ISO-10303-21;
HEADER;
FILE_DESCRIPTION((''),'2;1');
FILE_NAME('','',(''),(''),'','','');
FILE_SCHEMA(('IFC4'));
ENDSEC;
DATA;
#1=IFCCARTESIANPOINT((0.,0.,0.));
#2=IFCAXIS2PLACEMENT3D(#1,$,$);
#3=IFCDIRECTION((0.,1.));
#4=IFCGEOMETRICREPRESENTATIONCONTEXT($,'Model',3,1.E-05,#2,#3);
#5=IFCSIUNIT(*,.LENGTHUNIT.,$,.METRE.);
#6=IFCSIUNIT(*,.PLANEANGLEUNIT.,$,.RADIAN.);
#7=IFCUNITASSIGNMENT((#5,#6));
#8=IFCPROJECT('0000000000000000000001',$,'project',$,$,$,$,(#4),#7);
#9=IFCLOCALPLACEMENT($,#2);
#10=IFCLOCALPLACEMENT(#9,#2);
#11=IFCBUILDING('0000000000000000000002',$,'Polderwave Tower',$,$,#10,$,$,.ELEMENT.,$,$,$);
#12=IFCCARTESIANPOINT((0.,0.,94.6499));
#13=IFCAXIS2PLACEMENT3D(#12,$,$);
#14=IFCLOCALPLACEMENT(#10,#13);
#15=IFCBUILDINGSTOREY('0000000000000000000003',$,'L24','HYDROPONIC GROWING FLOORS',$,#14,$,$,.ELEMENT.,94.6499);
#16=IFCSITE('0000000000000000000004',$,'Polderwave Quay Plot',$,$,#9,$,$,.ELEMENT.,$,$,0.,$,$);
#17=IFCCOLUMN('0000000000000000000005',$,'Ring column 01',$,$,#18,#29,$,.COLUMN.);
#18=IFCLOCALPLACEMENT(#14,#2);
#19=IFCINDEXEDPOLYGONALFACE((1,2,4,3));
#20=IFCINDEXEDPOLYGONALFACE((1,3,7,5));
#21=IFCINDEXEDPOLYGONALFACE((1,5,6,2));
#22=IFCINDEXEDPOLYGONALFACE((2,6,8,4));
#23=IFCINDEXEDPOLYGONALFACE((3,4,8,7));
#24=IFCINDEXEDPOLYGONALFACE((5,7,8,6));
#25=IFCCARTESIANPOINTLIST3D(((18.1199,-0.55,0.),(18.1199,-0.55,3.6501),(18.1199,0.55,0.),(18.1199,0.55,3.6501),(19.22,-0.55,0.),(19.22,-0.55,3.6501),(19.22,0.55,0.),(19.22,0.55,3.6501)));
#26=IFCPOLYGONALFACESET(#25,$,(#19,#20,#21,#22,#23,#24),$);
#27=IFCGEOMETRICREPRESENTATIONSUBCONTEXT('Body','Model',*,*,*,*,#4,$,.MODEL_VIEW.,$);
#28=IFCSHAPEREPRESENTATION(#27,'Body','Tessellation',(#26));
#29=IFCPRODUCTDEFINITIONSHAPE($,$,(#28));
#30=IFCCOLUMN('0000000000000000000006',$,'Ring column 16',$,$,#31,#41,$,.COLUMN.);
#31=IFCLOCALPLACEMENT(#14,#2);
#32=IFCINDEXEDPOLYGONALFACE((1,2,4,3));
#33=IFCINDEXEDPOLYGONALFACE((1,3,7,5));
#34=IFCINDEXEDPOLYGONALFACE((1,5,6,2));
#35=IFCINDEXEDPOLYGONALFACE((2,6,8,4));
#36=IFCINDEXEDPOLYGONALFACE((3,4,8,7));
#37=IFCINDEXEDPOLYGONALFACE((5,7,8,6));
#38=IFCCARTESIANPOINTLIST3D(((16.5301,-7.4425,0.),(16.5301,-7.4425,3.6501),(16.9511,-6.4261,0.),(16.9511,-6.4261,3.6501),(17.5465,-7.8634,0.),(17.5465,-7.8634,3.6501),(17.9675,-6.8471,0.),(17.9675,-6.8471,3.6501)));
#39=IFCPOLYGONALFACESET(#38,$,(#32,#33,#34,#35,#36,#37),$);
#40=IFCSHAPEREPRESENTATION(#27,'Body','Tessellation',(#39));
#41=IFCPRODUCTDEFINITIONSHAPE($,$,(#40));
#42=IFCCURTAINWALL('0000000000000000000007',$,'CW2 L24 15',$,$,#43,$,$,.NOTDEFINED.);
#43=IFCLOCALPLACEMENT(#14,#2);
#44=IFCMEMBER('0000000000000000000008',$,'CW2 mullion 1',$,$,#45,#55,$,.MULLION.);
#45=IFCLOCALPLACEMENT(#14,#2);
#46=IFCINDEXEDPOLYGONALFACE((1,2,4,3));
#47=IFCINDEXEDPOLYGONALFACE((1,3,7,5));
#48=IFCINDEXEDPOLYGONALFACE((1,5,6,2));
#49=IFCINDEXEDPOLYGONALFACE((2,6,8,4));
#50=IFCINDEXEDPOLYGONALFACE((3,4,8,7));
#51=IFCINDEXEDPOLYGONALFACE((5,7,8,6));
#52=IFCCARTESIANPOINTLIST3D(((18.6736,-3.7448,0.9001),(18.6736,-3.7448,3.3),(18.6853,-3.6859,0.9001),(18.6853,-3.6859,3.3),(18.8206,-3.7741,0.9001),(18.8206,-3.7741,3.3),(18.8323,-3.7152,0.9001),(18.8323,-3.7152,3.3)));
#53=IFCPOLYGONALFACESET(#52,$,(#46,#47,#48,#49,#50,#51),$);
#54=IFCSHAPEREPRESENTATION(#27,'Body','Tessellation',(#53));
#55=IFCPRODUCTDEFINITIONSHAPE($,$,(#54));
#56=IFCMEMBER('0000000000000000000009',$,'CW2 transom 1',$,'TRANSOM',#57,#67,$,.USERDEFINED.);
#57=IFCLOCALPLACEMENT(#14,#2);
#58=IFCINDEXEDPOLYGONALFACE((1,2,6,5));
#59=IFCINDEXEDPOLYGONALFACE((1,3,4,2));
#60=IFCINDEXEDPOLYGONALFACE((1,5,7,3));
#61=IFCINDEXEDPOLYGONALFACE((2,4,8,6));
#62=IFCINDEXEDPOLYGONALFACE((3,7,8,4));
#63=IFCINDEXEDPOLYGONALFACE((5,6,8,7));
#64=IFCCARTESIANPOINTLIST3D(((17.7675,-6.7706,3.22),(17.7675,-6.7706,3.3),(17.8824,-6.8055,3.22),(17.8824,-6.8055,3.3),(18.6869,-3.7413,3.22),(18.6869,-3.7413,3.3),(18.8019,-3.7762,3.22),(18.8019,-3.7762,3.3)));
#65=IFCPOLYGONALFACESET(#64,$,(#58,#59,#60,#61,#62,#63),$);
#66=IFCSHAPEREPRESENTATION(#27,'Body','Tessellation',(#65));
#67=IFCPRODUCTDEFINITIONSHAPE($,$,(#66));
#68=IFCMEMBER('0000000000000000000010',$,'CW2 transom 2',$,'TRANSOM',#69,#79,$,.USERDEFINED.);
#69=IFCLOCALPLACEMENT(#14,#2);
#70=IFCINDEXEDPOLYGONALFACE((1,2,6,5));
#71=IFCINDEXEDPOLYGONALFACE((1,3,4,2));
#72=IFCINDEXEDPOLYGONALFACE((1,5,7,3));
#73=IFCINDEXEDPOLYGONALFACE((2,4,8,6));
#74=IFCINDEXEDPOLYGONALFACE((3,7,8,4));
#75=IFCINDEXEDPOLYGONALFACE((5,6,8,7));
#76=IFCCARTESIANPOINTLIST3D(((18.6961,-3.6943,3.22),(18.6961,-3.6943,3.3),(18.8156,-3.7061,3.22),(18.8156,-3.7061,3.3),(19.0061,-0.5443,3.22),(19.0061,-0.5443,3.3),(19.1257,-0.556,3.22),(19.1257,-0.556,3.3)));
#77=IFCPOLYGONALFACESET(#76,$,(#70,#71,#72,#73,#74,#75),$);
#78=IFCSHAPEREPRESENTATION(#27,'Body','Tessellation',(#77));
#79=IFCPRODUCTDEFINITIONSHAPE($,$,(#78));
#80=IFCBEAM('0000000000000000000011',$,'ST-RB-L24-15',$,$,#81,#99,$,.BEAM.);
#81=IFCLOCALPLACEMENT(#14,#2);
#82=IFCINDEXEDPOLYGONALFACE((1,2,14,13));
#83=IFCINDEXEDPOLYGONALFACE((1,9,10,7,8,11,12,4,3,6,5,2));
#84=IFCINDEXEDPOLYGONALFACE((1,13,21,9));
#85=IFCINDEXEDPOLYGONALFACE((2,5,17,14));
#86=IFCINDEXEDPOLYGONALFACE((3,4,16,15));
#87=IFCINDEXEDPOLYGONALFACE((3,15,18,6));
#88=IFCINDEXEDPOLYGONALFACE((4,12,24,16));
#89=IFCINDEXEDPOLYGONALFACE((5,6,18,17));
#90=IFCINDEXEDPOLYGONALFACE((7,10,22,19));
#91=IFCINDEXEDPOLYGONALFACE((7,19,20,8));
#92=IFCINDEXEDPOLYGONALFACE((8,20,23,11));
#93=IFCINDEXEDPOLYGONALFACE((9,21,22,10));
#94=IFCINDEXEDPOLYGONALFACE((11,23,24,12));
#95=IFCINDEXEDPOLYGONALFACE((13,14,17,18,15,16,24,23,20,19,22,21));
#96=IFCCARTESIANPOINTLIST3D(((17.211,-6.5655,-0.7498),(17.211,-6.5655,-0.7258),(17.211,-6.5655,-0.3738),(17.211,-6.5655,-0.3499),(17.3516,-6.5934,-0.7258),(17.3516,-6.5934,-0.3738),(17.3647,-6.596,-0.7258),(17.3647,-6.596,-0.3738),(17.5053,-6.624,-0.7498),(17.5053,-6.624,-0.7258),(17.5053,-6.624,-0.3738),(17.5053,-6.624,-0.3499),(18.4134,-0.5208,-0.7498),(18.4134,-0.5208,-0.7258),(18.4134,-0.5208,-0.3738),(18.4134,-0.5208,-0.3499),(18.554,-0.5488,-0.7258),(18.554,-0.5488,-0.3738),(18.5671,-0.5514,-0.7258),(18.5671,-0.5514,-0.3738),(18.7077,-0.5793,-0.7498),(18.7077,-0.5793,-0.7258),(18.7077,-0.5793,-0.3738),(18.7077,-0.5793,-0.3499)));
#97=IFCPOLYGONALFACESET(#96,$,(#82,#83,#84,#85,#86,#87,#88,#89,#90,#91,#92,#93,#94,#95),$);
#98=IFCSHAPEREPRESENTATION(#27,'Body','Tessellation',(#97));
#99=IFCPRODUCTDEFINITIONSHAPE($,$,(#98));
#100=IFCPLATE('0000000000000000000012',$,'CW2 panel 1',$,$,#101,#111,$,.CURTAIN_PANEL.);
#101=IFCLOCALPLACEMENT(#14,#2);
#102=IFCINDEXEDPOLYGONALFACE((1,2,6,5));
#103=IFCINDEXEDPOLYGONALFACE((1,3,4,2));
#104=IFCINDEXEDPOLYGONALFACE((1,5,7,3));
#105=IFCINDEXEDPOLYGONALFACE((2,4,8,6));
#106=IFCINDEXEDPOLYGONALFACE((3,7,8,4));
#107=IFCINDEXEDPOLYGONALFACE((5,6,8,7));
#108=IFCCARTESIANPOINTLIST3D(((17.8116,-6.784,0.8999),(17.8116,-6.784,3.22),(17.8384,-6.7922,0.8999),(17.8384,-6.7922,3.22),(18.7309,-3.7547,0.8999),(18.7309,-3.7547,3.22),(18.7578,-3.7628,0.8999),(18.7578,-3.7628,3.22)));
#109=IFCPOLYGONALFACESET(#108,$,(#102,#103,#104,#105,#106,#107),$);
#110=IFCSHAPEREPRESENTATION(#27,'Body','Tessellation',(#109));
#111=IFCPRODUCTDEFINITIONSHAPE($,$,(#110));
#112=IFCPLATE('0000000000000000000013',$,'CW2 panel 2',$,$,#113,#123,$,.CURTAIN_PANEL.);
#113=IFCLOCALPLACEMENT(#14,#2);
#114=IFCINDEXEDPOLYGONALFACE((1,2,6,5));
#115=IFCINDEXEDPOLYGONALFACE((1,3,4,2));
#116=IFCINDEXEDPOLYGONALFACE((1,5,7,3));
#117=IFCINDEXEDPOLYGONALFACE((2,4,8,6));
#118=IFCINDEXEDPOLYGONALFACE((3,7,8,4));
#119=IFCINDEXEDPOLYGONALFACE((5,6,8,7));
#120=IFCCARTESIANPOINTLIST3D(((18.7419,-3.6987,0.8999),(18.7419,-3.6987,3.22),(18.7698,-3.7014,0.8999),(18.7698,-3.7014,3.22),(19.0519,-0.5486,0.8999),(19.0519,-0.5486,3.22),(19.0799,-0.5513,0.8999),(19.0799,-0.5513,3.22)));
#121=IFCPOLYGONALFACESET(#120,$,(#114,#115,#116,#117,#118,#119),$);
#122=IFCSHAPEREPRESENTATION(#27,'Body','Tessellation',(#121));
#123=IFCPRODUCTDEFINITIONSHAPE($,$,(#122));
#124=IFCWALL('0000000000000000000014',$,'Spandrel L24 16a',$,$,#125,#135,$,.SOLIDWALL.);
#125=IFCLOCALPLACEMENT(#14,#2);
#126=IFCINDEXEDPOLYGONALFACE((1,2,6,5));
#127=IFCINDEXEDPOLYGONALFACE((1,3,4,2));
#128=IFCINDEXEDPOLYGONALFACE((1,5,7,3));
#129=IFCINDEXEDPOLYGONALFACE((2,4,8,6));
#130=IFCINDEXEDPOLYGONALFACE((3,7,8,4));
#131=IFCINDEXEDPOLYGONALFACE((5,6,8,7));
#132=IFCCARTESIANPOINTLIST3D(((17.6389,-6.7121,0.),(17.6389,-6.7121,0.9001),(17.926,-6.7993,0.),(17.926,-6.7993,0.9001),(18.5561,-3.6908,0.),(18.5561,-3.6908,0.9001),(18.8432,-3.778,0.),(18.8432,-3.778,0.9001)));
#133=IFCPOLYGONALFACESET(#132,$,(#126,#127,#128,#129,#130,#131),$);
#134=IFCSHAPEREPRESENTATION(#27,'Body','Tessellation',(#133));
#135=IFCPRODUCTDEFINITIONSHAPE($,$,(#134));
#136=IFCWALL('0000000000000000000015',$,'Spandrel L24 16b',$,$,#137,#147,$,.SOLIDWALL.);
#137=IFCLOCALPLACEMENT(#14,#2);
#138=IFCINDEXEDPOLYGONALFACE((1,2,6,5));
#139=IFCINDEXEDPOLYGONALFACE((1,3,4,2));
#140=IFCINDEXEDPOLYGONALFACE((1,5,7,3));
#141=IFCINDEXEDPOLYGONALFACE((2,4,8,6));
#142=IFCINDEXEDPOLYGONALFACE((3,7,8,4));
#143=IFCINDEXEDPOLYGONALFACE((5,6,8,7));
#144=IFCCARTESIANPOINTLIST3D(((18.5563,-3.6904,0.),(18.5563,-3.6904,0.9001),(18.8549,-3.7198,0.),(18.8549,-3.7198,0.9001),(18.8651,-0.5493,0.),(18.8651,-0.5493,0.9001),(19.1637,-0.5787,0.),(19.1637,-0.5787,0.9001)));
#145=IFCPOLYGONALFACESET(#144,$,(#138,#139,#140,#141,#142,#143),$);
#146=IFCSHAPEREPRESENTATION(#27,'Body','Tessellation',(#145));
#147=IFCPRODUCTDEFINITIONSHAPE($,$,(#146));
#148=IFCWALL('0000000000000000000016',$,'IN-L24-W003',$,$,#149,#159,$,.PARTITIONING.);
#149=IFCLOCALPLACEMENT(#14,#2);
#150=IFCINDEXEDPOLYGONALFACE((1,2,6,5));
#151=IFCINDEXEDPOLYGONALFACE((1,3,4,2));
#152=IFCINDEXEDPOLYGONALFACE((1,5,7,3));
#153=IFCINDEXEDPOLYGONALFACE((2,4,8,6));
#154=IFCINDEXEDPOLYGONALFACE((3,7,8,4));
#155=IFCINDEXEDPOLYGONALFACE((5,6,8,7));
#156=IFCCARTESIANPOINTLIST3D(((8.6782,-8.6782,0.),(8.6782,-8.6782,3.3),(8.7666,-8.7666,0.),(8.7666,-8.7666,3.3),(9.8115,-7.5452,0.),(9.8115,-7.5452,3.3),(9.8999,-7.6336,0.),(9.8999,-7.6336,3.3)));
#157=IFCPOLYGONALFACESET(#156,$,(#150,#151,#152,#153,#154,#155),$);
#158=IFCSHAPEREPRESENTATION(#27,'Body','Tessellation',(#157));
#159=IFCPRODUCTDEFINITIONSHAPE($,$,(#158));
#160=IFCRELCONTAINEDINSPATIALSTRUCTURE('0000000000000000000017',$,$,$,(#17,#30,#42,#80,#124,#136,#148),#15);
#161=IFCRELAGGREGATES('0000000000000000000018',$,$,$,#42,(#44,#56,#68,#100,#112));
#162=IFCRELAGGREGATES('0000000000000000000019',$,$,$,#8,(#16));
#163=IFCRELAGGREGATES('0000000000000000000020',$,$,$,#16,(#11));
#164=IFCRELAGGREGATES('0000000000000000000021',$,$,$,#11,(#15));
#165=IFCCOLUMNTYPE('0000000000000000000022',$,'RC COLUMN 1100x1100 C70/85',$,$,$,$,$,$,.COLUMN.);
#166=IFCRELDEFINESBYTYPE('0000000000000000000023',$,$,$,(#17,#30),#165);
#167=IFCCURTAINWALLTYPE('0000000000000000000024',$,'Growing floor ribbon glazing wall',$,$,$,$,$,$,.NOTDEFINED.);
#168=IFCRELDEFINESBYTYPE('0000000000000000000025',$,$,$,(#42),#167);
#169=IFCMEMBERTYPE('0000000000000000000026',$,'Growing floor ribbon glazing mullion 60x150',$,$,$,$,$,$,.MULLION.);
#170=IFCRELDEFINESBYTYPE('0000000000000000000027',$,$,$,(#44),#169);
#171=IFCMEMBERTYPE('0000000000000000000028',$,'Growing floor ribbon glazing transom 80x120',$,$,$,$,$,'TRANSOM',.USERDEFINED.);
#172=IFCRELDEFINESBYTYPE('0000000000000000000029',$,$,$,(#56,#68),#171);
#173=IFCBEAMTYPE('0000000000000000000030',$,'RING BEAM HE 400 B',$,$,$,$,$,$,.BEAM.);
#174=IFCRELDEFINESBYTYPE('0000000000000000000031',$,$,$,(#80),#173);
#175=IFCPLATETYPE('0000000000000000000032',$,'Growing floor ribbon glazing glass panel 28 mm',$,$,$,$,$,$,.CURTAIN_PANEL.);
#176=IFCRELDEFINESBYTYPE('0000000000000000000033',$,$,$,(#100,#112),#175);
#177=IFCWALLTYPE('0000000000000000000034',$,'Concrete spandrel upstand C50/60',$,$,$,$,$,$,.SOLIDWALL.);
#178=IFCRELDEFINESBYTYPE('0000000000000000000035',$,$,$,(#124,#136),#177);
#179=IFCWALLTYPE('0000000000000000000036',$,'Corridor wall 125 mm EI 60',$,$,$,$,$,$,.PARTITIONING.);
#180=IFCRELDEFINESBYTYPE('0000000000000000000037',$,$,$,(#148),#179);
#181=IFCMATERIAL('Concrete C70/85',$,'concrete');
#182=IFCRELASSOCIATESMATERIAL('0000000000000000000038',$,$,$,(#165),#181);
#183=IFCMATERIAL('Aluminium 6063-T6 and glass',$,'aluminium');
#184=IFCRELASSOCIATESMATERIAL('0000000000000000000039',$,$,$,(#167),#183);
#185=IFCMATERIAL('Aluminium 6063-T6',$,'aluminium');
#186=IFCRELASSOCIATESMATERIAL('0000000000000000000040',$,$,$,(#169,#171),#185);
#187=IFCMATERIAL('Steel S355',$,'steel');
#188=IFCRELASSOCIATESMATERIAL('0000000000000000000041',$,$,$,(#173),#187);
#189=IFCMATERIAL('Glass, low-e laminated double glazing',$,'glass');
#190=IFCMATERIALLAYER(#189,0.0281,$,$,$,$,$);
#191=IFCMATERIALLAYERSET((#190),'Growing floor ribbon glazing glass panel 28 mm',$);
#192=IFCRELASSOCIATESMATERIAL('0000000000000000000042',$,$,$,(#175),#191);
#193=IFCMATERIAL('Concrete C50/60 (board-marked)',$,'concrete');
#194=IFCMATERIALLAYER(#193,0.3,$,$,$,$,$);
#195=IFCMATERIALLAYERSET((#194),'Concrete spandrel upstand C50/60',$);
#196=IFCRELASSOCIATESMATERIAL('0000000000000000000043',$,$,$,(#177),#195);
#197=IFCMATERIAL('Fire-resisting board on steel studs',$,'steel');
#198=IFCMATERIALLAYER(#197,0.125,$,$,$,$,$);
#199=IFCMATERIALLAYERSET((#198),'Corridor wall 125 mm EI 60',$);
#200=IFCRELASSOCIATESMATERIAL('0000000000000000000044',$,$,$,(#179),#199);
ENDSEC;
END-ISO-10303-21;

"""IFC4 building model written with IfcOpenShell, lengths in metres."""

from ifc_helpers import new_model, si_unit, direction, frame, frame_2d, origin, origin_2d, place, context, subcontext, project, spatial, rectangle, i_section, extrude, material, layer, layer_set, material_profile, profile_set, type_object, element, aggregate, save


model = new_model("IFC4")

# Units and contexts
model_context = context("Model", 3, precision=1e-05, world=origin(), true_north=direction((0.0, 1.0)))
body_context = subcontext(model_context, "Body", "Model", "MODEL_VIEW")
ifc_project = project(units=[si_unit("LENGTHUNIT", "METRE"), si_unit("PLANEANGLEUNIT", "RADIAN")], contexts=[model_context])

# Site, building, storey
site_placement = place(None, origin())
site = spatial("IfcSite", under=ifc_project, at=site_placement, Name="Polderwave Quay Plot", CompositionType="ELEMENT", RefElevation=0.0)
building_placement = place(site_placement, origin())
building = spatial("IfcBuilding", under=site, at=building_placement, Name="Polderwave Tower", CompositionType="ELEMENT")
storey_placement = place(building_placement, frame((0.0, 0.0, 94.6499)))
storey = spatial("IfcBuildingStorey", under=building, at=storey_placement, Name="L24", Description="HYDROPONIC GROWING FLOORS", CompositionType="ELEMENT", Elevation=94.6499)

# Columns
ifc_material_1 = material(Name="Concrete C70/85", Category="concrete")
ifc_material_profile_1 = material_profile(ifc_material_1, rectangle(XDim=1.1001, YDim=1.1001, at=origin_2d()), Name="RC 1100x1100")
ifc_profile_set_1 = profile_set([ifc_material_profile_1], Name="Concrete C70/85")
column_type = type_object("IfcColumnType", Name="RC COLUMN 1100x1100 C70/85", PredefinedType="COLUMN", material=ifc_profile_set_1)
for number, where, z_axis, x_axis, name in (
    (1, (18.6699, 0.0, 0.0), (0.0, 0.0, 1.0), (1.0, 0.0, 0.0), "Ring column 01"),
    (2, (17.2488, -7.1448, 0.0), (0.0, 0.0, 1.0), (0.92388, -0.382683, 0.0), "Ring column 16"),
):
    element("IfcColumn", number, at=place(storey_placement, frame(where, z_axis=z_axis, x_axis=x_axis)), inside=storey, type_object=column_type, Name=name, PredefinedType="COLUMN", context=body_context, shape_type="SweptSolid", body=[
        extrude(rectangle(XDim=1.1001, YDim=1.1001, at=origin_2d()), origin(), (0.0, 0.0, 1.0), 3.6501),
    ])

# Curtain wall, members
ifc_material_2 = material(Name="Aluminium 6063-T6 and glass", Category="aluminium")
curtain_wall_type = type_object("IfcCurtainWallType", Name="Growing floor ribbon glazing wall", PredefinedType="NOTDEFINED", material=ifc_material_2)
curtain_wall_placement = place(storey_placement, origin())
curtain_wall = element("IfcCurtainWall", 3, at=curtain_wall_placement, inside=storey, type_object=curtain_wall_type, Name="CW2 L24 15", PredefinedType="NOTDEFINED")
ifc_material_3 = material(Name="Aluminium 6063-T6", Category="aluminium")
ifc_material_profile_2 = material_profile(ifc_material_3, rectangle(XDim=0.1499, YDim=0.0601, at=origin_2d()), Name="AL 60x150")
ifc_profile_set_2 = profile_set([ifc_material_profile_2], Name="Aluminium 6063-T6")
member_type_1 = type_object("IfcMemberType", Name="Growing floor ribbon glazing mullion 60x150", PredefinedType="MULLION", material=ifc_profile_set_2)
member_1_placement = place(storey_placement, frame((18.7529, -3.73, 0.9001), z_axis=(0.0, 0.0, 1.0), x_axis=(-0.980781, 0.195113, 0.0)))
member_1 = element("IfcMember", 4, at=member_1_placement, type_object=member_type_1, Name="CW2 mullion 1", PredefinedType="MULLION", context=body_context, shape_type="SweptSolid", body=[
    extrude(rectangle(XDim=0.1499, YDim=0.0601, at=origin_2d()), origin(), (0.0, 0.0, 1.0), 2.3999),
])
ifc_material_profile_3 = material_profile(ifc_material_3, rectangle(XDim=0.1201, YDim=0.0801, at=origin_2d()), Name="AL 80x120")
ifc_profile_set_3 = profile_set([ifc_material_profile_3], Name="Aluminium 6063-T6")
member_type_2 = type_object("IfcMemberType", Name="Growing floor ribbon glazing transom 80x120", ElementType="TRANSOM", PredefinedType="USERDEFINED", material=ifc_profile_set_3)
member_2_placement = place(storey_placement, frame((17.825, -6.7881, 3.26), z_axis=(0.290431, 0.956896, 0.0), x_axis=(-0.956896, 0.290431, 0.0)))
member_2 = element("IfcMember", 5, at=member_2_placement, type_object=member_type_2, Name="CW2 transom 1", ObjectType="TRANSOM", PredefinedType="USERDEFINED", context=body_context, shape_type="SweptSolid", body=[
    extrude(rectangle(XDim=0.1201, YDim=0.0801, at=origin_2d()), origin(), (0.0, 0.0, 1.0), 3.1658),
])
member_3_placement = place(storey_placement, frame((18.7559, -3.7002, 3.26), z_axis=(0.097953, 0.995191, 0.0), x_axis=(-0.995191, 0.097953, 0.0)))
member_3 = element("IfcMember", 6, at=member_3_placement, type_object=member_type_2, Name="CW2 transom 2", ObjectType="TRANSOM", PredefinedType="USERDEFINED", context=body_context, shape_type="SweptSolid", body=[
    extrude(rectangle(XDim=0.1201, YDim=0.0801, at=origin_2d()), origin(), (0.0, 0.0, 1.0), 3.1653),
])

# Beam
ifc_material_4 = material(Name="Steel S355", Category="steel")
ifc_material_profile_4 = material_profile(ifc_material_4, i_section(OverallWidth=0.3, OverallDepth=0.3999, WebThickness=0.0134, FlangeThickness=0.0239, at=origin_2d()), Name="HE 400 B")
ifc_profile_set_4 = profile_set([ifc_material_profile_4], Name="Steel S355")
beam_type = type_object("IfcBeamType", Name="RING BEAM HE 400 B", PredefinedType="BEAM", material=ifc_profile_set_4)
beam_placement = place(storey_placement, frame((17.3582, -6.5947, -0.5498), z_axis=(0.195095, 0.980784, 0.0), x_axis=(-0.980784, 0.195095, 0.0)))
element("IfcBeam", 7, at=beam_placement, inside=storey, type_object=beam_type, Name="ST-RB-L24-15", PredefinedType="BEAM", context=body_context, shape_type="SweptSolid", body=[
    extrude(i_section(OverallWidth=0.3, OverallDepth=0.3999, WebThickness=0.0134, FlangeThickness=0.0239, at=origin_2d()), origin(), (0.0, 0.0, 1.0), 6.1631),
])

# Plates
ifc_material_5 = material(Name="Glass, low-e laminated double glazing", Category="glass")
ifc_layer_1 = layer(ifc_material_5, 0.0281)
ifc_layer_set_1 = layer_set([ifc_layer_1], Name="Growing floor ribbon glazing glass panel 28 mm")
plate_type = type_object("IfcPlateType", Name="Growing floor ribbon glazing glass panel 28 mm", PredefinedType="CURTAIN_PANEL", material=ifc_layer_set_1)
plate_1_placement = place(storey_placement, frame((18.2847, -5.2734, 0.8999), z_axis=(0.0, 0.0, 1.0), x_axis=(0.29039, 0.956908, 0.0)))
plate_1 = element("IfcPlate", 8, at=plate_1_placement, type_object=plate_type, Name="CW2 panel 1", PredefinedType="CURTAIN_PANEL", context=body_context, shape_type="SweptSolid", body=[
    extrude(rectangle(XDim=3.1658, YDim=0.0281, at=origin_2d()), origin(), (0.0, 0.0, 1.0), 2.3201),
])
plate_2_placement = place(storey_placement, frame((18.9109, -2.125, 0.8999), z_axis=(0.0, 0.0, 1.0), x_axis=(0.097955, 0.995191, 0.0)))
plate_2 = element("IfcPlate", 9, at=plate_2_placement, type_object=plate_type, Name="CW2 panel 2", PredefinedType="CURTAIN_PANEL", context=body_context, shape_type="SweptSolid", body=[
    extrude(rectangle(XDim=3.1653, YDim=0.0281, at=origin_2d()), origin(), (0.0, 0.0, 1.0), 2.3201),
])
aggregate(curtain_wall, [member_1, member_2, member_3, plate_1, plate_2])

# Walls
ifc_material_6 = material(Name="Concrete C50/60 (board-marked)", Category="concrete")
ifc_layer_2 = layer(ifc_material_6, 0.3)
ifc_layer_set_2 = layer_set([ifc_layer_2], Name="Concrete spandrel upstand C50/60")
wall_type_1 = type_object("IfcWallType", Name="Concrete spandrel upstand C50/60", PredefinedType="SOLIDWALL", material=ifc_layer_set_2)
wall_1_placement = place(storey_placement, frame((17.7825, -6.7556, 0.0), z_axis=(0.0, 0.0, 1.0), x_axis=(0.290503, 0.956874, 0.0)))
element("IfcWall", 10, at=wall_1_placement, inside=storey, type_object=wall_type_1, Name="Spandrel L24 16a", PredefinedType="SOLIDWALL", context=body_context, shape_type="SweptSolid", body=[
    extrude(rectangle(XDim=3.1575, YDim=0.3, at=frame_2d((1.5786, 0.0))), origin(), (0.0, 0.0, 1.0), 0.9001),
])
wall_2_placement = place(storey_placement, frame((18.7056, -3.7051, 0.0), z_axis=(0.0, 0.0, 1.0), x_axis=(0.097849, 0.995201, 0.0)))
element("IfcWall", 11, at=wall_2_placement, inside=storey, type_object=wall_type_1, Name="Spandrel L24 16b", PredefinedType="SOLIDWALL", context=body_context, shape_type="SweptSolid", body=[
    extrude(rectangle(XDim=3.1562, YDim=0.3, at=frame_2d((1.5781, 0.0))), origin(), (0.0, 0.0, 1.0), 0.9001),
])
ifc_material_7 = material(Name="Fire-resisting board on steel studs", Category="steel")
ifc_layer_3 = layer(ifc_material_7, 0.125)
ifc_layer_set_3 = layer_set([ifc_layer_3], Name="Corridor wall 125 mm EI 60")
wall_type_2 = type_object("IfcWallType", Name="Corridor wall 125 mm EI 60", PredefinedType="PARTITIONING", material=ifc_layer_set_3)
wall_3_placement = place(storey_placement, frame((9.8557, -7.5894, 0.0), z_axis=(0.0, 0.0, 1.0), x_axis=(-0.707183, -0.707031, 0.0)))
element("IfcWall", 12, at=wall_3_placement, inside=storey, type_object=wall_type_2, Name="IN-L24-W003", PredefinedType="PARTITIONING", context=body_context, shape_type="SweptSolid", body=[
    extrude(rectangle(XDim=1.6025, YDim=0.125, at=frame_2d((0.8013, 0.0))), origin(), (0.0, 0.0, 1.0), 3.3),
])

save(model, "model.ifc")
